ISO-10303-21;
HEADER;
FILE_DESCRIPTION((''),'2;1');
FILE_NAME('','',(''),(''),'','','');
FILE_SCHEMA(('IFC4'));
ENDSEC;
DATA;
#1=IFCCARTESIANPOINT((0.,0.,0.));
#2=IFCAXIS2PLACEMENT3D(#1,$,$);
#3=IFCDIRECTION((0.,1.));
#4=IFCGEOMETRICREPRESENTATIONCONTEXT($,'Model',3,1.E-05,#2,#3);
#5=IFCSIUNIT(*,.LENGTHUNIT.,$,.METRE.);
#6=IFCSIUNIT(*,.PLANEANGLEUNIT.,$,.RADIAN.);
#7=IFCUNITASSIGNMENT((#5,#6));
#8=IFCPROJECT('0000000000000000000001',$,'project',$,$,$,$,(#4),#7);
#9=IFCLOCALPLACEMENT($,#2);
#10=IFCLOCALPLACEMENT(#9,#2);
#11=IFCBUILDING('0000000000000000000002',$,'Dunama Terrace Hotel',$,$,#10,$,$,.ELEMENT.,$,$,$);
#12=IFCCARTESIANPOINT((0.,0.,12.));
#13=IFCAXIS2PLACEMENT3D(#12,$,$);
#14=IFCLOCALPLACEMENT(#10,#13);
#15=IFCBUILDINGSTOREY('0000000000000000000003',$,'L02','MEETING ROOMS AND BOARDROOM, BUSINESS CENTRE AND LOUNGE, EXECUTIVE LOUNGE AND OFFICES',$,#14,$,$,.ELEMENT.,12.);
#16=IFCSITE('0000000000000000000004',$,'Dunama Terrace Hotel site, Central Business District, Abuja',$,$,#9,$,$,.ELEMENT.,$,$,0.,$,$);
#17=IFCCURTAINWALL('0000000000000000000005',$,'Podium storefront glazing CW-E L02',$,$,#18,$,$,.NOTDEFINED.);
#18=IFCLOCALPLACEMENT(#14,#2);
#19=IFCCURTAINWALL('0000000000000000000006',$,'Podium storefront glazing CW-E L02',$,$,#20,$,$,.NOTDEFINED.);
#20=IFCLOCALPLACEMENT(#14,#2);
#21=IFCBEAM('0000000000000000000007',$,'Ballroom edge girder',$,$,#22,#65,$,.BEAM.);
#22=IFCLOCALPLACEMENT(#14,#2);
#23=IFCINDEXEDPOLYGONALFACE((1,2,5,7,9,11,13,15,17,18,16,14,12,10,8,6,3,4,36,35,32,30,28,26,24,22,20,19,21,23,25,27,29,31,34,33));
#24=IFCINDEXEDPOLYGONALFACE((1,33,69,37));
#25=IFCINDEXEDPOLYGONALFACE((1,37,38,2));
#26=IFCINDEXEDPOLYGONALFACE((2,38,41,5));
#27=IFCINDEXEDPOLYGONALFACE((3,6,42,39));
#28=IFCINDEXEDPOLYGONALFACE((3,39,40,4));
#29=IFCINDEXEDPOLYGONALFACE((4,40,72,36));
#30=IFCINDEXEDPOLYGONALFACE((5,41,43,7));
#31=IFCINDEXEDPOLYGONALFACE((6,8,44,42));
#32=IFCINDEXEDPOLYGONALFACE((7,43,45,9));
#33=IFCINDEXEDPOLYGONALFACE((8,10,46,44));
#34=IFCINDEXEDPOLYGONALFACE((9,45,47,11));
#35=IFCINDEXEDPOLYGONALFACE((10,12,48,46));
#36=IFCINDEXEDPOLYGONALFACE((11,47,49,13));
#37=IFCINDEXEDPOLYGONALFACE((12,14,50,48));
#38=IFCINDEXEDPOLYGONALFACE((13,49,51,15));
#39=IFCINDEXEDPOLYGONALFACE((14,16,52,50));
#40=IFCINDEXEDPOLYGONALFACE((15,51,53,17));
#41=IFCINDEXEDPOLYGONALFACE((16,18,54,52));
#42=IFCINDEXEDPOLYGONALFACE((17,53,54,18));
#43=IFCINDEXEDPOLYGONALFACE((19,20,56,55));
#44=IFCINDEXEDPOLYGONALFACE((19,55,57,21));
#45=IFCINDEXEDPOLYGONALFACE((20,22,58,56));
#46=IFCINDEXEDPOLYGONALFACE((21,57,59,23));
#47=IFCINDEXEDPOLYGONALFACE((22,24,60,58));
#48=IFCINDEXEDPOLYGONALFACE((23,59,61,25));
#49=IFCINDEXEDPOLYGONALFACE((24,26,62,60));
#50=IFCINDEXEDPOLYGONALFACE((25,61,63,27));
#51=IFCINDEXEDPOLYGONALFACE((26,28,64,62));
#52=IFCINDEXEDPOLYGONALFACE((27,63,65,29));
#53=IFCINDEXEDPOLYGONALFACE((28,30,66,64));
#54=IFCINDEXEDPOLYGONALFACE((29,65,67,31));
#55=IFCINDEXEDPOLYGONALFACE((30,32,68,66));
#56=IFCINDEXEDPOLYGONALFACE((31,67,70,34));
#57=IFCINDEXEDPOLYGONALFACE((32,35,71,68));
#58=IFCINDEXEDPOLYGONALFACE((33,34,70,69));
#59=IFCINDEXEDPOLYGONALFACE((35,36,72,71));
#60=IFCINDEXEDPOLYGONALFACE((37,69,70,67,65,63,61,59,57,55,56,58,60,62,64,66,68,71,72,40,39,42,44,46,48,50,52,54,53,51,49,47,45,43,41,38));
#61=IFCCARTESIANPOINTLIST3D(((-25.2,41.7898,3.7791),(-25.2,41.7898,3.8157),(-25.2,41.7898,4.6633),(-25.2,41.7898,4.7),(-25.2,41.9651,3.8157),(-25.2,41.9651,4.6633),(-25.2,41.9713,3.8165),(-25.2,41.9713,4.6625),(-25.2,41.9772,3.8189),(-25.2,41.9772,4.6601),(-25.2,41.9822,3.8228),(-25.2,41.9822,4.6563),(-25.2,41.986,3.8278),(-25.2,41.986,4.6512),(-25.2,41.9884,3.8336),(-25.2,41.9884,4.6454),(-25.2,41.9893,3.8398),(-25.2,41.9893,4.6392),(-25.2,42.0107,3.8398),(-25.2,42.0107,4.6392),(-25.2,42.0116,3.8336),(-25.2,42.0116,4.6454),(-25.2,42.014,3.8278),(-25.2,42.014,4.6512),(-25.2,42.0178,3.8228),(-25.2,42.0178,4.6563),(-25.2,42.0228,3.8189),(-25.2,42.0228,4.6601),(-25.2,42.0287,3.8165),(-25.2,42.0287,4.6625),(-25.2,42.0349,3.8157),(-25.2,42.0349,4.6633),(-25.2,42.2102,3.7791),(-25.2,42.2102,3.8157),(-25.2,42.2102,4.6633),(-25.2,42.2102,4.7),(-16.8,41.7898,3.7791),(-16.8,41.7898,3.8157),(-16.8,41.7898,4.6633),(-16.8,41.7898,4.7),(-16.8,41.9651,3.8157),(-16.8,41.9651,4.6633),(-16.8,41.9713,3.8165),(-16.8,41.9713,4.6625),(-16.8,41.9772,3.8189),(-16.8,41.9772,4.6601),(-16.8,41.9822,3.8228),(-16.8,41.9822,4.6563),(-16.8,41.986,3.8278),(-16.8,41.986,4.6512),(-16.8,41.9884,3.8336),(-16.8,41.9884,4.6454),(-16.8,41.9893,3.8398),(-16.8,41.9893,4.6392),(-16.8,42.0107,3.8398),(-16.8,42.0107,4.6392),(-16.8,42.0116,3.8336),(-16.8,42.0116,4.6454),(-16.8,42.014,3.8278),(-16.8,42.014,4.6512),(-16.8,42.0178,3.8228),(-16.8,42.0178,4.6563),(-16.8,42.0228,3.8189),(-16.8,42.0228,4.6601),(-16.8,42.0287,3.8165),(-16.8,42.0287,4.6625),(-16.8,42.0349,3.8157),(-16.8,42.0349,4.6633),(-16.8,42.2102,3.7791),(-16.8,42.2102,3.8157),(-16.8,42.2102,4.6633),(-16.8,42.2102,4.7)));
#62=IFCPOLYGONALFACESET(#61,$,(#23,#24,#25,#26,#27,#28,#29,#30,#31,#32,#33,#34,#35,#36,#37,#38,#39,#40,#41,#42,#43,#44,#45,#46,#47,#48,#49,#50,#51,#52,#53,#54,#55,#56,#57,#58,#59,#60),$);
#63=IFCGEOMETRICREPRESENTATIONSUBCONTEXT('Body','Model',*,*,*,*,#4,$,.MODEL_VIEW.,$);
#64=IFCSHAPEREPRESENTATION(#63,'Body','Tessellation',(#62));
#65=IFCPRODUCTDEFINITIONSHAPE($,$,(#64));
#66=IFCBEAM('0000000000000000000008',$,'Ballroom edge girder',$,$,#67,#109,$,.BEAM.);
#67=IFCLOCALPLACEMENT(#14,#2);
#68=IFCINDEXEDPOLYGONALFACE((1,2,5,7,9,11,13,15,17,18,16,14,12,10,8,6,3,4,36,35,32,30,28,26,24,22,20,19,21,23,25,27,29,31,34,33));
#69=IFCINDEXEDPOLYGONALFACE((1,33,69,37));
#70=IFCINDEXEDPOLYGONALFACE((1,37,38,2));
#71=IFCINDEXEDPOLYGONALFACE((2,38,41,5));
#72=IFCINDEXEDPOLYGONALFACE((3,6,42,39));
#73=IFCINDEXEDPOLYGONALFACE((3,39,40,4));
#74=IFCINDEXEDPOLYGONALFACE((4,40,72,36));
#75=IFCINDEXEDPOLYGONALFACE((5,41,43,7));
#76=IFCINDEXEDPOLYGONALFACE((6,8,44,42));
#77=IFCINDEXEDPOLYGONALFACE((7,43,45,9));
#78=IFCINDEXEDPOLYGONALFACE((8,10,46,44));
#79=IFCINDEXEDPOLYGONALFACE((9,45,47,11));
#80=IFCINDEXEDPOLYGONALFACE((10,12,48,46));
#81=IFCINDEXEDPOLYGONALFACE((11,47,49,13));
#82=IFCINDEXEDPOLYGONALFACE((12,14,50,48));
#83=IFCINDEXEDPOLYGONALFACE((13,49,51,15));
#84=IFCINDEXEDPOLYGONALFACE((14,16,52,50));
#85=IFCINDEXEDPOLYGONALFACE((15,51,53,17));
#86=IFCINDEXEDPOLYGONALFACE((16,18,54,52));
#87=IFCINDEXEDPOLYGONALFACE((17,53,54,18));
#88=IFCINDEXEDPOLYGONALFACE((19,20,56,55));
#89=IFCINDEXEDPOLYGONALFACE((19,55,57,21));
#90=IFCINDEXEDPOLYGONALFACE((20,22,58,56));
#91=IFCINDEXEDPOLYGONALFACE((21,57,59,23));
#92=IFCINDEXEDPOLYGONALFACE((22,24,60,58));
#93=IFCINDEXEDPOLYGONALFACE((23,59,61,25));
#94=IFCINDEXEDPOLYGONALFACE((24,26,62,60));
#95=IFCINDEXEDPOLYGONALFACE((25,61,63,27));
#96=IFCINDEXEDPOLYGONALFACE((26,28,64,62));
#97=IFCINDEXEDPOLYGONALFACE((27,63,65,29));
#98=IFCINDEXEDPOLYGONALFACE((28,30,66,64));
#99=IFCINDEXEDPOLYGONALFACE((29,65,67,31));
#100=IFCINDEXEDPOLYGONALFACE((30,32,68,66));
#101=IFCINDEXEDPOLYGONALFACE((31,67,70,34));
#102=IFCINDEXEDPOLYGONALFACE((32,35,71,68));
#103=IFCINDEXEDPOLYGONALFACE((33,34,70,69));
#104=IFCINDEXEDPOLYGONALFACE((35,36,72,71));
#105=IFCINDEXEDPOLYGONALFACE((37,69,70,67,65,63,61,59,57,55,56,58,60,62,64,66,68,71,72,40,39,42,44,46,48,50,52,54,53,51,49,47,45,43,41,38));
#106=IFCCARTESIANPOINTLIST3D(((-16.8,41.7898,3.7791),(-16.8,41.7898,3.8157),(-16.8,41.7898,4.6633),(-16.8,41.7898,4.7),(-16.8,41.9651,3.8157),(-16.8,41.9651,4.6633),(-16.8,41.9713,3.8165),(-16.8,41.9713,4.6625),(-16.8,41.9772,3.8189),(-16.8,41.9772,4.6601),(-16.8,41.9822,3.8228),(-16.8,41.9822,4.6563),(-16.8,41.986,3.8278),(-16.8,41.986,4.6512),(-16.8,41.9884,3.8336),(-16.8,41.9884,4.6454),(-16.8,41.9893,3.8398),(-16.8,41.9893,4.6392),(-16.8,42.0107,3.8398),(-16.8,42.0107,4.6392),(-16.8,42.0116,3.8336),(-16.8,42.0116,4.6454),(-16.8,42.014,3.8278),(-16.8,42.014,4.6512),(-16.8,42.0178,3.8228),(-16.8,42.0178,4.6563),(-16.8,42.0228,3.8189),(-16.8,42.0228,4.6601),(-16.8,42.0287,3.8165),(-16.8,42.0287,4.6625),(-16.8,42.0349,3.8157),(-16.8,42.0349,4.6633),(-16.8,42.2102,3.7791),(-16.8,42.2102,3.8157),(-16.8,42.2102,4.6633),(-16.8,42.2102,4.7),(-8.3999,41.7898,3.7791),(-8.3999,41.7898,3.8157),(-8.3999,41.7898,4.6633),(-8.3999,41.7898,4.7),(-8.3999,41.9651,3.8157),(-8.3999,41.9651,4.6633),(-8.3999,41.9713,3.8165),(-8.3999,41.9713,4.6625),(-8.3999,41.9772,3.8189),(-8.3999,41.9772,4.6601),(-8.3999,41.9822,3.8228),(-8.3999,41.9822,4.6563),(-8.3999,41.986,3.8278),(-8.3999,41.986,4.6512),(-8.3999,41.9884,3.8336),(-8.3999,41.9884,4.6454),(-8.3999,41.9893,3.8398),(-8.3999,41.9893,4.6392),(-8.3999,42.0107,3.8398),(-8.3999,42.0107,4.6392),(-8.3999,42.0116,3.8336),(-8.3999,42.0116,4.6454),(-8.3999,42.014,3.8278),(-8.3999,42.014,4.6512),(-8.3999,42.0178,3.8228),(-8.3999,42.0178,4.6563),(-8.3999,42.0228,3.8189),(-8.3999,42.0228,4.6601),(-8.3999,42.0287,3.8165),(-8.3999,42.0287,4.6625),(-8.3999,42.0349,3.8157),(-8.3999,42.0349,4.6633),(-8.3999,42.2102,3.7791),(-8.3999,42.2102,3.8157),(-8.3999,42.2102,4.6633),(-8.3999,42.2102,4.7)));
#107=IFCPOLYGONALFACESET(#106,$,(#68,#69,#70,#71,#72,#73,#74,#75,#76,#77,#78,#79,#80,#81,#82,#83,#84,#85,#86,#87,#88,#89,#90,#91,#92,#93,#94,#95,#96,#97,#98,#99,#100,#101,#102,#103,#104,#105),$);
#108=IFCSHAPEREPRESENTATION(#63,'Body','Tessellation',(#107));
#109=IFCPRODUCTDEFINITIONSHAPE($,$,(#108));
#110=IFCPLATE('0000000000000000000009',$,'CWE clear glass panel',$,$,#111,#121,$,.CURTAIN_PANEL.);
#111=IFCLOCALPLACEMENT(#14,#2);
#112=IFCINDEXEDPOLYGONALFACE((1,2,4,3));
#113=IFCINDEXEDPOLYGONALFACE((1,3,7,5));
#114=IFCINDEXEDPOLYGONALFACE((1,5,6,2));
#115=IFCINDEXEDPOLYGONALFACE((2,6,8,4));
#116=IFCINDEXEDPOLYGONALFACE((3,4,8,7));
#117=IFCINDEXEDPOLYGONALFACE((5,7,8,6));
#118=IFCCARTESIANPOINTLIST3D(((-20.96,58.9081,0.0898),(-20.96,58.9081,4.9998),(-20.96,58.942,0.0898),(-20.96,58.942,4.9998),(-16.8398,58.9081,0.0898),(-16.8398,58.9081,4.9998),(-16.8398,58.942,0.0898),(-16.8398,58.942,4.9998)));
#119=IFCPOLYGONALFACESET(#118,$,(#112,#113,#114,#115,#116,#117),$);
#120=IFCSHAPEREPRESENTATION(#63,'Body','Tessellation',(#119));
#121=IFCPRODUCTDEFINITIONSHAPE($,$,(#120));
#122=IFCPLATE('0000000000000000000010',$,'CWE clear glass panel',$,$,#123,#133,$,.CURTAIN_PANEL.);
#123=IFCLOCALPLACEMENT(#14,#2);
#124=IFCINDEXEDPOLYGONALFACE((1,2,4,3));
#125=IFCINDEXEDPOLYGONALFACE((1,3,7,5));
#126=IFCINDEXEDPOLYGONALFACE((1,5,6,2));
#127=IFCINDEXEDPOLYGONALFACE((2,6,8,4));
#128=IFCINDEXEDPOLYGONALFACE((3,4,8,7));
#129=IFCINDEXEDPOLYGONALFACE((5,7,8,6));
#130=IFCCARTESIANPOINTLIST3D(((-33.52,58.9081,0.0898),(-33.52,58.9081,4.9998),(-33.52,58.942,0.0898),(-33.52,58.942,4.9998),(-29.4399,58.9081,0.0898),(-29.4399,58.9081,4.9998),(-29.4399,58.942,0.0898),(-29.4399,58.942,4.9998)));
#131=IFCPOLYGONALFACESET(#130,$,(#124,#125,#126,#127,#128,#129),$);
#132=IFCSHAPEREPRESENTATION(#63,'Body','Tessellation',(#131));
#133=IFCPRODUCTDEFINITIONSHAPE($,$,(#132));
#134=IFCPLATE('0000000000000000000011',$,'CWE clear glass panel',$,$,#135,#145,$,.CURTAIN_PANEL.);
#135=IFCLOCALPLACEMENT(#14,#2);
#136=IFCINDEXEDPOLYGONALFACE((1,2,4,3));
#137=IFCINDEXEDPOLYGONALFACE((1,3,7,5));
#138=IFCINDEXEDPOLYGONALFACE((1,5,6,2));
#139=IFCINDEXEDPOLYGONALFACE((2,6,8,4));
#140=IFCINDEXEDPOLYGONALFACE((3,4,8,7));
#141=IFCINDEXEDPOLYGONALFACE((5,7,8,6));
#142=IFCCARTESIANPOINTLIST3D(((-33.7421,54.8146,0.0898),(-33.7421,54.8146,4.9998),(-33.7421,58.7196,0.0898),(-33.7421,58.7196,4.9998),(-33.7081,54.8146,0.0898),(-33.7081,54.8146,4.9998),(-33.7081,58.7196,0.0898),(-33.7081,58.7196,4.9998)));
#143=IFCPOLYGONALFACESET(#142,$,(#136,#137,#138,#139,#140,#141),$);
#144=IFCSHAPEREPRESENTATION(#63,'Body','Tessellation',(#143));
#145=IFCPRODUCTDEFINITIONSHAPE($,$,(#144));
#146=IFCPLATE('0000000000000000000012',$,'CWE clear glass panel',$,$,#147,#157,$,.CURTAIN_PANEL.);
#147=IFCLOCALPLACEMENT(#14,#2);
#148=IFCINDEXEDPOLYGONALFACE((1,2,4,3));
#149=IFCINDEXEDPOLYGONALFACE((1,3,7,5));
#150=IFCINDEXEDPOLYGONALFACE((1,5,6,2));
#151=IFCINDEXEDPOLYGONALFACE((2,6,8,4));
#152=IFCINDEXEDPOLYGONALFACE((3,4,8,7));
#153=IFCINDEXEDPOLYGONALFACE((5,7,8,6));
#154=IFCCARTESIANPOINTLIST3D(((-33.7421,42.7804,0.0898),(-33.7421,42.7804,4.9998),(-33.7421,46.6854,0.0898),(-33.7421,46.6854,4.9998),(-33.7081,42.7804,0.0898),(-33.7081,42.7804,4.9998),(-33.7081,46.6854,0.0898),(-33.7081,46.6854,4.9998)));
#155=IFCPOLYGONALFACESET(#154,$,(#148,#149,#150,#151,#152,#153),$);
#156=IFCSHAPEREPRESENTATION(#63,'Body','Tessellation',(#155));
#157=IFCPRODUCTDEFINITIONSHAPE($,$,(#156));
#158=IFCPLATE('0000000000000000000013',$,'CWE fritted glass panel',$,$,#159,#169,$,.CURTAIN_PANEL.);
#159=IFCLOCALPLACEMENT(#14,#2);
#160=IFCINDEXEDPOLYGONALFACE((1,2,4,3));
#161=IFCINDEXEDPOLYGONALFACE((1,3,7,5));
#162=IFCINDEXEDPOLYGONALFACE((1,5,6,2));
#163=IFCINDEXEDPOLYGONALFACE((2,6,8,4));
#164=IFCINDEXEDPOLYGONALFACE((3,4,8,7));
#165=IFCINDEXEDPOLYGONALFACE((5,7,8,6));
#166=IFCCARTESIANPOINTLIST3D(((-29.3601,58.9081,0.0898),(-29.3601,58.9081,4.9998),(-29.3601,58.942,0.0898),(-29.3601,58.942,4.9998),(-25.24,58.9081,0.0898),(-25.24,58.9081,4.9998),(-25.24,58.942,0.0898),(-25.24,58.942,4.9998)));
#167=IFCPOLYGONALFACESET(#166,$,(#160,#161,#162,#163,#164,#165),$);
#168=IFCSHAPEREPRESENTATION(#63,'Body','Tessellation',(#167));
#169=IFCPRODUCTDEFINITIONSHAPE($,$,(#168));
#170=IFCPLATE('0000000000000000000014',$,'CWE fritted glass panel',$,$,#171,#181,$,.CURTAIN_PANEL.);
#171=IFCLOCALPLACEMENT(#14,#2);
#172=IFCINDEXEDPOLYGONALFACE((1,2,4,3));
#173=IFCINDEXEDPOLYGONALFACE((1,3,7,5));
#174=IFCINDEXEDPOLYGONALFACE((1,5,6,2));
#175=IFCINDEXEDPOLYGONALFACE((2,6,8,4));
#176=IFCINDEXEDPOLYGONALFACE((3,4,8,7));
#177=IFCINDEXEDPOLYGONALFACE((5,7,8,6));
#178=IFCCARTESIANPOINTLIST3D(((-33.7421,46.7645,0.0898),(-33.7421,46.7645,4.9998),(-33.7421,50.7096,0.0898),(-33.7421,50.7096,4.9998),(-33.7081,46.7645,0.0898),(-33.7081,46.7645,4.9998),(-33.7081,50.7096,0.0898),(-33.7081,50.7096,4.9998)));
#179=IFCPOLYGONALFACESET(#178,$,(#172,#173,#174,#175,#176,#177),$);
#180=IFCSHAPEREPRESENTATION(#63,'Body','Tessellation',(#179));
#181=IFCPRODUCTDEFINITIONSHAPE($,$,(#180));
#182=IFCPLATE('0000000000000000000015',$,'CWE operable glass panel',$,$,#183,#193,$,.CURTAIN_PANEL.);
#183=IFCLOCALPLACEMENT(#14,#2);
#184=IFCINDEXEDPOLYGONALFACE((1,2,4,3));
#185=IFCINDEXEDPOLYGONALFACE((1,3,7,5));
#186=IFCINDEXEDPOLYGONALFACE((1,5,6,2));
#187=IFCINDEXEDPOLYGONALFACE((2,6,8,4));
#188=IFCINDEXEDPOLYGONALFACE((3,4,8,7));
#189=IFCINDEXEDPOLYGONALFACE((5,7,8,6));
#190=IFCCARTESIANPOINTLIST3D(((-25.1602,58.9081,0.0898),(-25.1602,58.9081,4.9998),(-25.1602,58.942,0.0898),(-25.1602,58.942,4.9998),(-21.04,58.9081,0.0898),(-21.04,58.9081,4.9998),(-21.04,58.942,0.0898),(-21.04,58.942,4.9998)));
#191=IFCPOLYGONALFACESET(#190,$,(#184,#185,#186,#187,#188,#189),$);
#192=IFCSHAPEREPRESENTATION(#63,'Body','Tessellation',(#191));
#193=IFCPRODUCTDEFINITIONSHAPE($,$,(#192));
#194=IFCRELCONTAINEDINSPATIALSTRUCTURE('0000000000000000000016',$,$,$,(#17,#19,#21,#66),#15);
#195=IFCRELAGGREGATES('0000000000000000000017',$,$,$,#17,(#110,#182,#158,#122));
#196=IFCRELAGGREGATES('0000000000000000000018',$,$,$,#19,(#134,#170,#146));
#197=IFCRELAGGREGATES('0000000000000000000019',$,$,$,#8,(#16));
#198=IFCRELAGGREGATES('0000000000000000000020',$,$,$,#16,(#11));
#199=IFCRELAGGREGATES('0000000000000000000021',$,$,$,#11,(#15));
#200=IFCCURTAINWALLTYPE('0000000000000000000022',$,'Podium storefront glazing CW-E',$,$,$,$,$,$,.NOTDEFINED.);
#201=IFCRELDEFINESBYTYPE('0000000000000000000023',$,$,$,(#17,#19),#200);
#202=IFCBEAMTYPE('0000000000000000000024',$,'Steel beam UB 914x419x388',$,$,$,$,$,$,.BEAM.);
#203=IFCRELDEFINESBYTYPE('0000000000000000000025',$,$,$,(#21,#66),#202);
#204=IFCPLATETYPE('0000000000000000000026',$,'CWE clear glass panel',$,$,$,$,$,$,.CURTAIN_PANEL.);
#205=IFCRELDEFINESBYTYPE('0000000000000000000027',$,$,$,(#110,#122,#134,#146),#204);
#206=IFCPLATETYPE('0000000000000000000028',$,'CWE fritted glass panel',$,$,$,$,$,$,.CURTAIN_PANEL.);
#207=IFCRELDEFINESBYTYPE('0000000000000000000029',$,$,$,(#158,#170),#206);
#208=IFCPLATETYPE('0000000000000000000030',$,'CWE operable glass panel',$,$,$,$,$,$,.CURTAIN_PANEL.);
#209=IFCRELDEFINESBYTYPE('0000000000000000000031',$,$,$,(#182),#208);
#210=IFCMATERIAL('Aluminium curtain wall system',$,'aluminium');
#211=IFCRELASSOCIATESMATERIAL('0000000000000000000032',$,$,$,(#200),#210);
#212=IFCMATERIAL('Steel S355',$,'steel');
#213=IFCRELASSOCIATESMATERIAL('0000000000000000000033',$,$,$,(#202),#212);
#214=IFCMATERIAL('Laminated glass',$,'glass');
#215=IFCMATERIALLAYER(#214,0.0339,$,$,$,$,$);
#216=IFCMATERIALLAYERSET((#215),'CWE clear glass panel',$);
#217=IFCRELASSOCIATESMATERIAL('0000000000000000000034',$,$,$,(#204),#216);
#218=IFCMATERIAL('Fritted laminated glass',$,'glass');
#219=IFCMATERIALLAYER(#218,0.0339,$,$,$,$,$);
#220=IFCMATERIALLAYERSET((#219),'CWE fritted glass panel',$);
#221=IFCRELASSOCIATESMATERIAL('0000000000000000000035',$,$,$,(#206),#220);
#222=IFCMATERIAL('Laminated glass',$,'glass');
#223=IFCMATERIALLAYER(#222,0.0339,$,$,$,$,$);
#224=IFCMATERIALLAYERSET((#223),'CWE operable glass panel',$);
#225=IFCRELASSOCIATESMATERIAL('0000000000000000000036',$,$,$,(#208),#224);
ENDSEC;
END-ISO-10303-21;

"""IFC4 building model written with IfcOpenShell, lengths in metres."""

from ifc_helpers import new_model, si_unit, direction, frame, origin, origin_2d, place, context, subcontext, project, spatial, rectangle, i_section, extrude, material, layer, layer_set, material_profile, profile_set, type_object, element, aggregate, save


model = new_model("IFC4")

# Units and contexts
model_context = context("Model", 3, precision=1e-05, world=origin(), true_north=direction((0.0, 1.0)))
body_context = subcontext(model_context, "Body", "Model", "MODEL_VIEW")
ifc_project = project(units=[si_unit("LENGTHUNIT", "METRE"), si_unit("PLANEANGLEUNIT", "RADIAN")], contexts=[model_context])

# Site, building, storey
site_placement = place(None, origin())
site = spatial("IfcSite", under=ifc_project, at=site_placement, Name="Dunama Terrace Hotel site, Central Business District, Abuja", CompositionType="ELEMENT", RefElevation=0.0)
building_placement = place(site_placement, origin())
building = spatial("IfcBuilding", under=site, at=building_placement, Name="Dunama Terrace Hotel", CompositionType="ELEMENT")
storey_placement = place(building_placement, frame((0.0, 0.0, 12.0)))
storey = spatial("IfcBuildingStorey", under=building, at=storey_placement, Name="L02", Description="MEETING ROOMS AND BOARDROOM, BUSINESS CENTRE AND LOUNGE, EXECUTIVE LOUNGE AND OFFICES", CompositionType="ELEMENT", Elevation=12.0)

# Curtain walls
ifc_material_1 = material(Name="Aluminium curtain wall system", Category="aluminium")
curtain_wall_type = type_object("IfcCurtainWallType", Name="Podium storefront glazing CW-E", PredefinedType="NOTDEFINED", material=ifc_material_1)
curtain_wall_1_placement = place(storey_placement, origin())
curtain_wall_1 = element("IfcCurtainWall", 1, at=curtain_wall_1_placement, inside=storey, type_object=curtain_wall_type, Name="Podium storefront glazing CW-E L02", PredefinedType="NOTDEFINED")
curtain_wall_2_placement = place(storey_placement, origin())
curtain_wall_2 = element("IfcCurtainWall", 2, at=curtain_wall_2_placement, inside=storey, type_object=curtain_wall_type, Name="Podium storefront glazing CW-E L02", PredefinedType="NOTDEFINED")

# Beams
ifc_material_2 = material(Name="Steel S355", Category="steel")
ifc_material_profile_1 = material_profile(ifc_material_2, i_section(OverallWidth=0.4204, OverallDepth=0.9209, WebThickness=0.0215, FlangeThickness=0.0366, FilletRadius=0.0242, at=origin_2d()), Name="UB 914x419x388")
ifc_profile_set_1 = profile_set([ifc_material_profile_1], Name="Steel S355")
beam_type = type_object("IfcBeamType", Name="Steel beam UB 914x419x388", PredefinedType="BEAM", material=ifc_profile_set_1)
beam_1_placement = place(storey_placement, frame((-25.2, 42.0, 4.2395), z_axis=(1.0, 0.0, 0.0), x_axis=(0.0, 1.0, 0.0)))
element("IfcBeam", 3, at=beam_1_placement, inside=storey, type_object=beam_type, Name="Ballroom edge girder", PredefinedType="BEAM", context=body_context, shape_type="SweptSolid", body=[
    extrude(i_section(OverallWidth=0.4204, OverallDepth=0.9209, WebThickness=0.0215, FlangeThickness=0.0366, FilletRadius=0.0242, at=origin_2d()), origin(), (0.0, 0.0, 1.0), 8.3999),
])
beam_2_placement = place(storey_placement, frame((-16.8, 42.0, 4.2395), z_axis=(1.0, 0.0, 0.0), x_axis=(0.0, 1.0, 0.0)))
element("IfcBeam", 4, at=beam_2_placement, inside=storey, type_object=beam_type, Name="Ballroom edge girder", PredefinedType="BEAM", context=body_context, shape_type="SweptSolid", body=[
    extrude(i_section(OverallWidth=0.4204, OverallDepth=0.9209, WebThickness=0.0215, FlangeThickness=0.0366, FilletRadius=0.0242, at=origin_2d()), origin(), (0.0, 0.0, 1.0), 8.4001),
])

# Plates
ifc_material_3 = material(Name="Laminated glass", Category="glass")
ifc_layer_1 = layer(ifc_material_3, 0.0339)
ifc_layer_set_1 = layer_set([ifc_layer_1], Name="CWE clear glass panel")
plate_type_1 = type_object("IfcPlateType", Name="CWE clear glass panel", PredefinedType="CURTAIN_PANEL", material=ifc_layer_set_1)
plate_1_placement = place(storey_placement, frame((-18.8999, 58.925, 0.0898), z_axis=(0.0, 0.0, 1.0), x_axis=(-1.0, 0.0, 0.0)))
plate_1 = element("IfcPlate", 5, at=plate_1_placement, type_object=plate_type_1, Name="CWE clear glass panel", PredefinedType="CURTAIN_PANEL", context=body_context, shape_type="SweptSolid", body=[
    extrude(rectangle(XDim=4.1201, YDim=0.0339, at=origin_2d()), origin(), (0.0, 0.0, 1.0), 4.9099),
])
plate_2_placement = place(storey_placement, frame((-31.48, 58.925, 0.0898), z_axis=(0.0, 0.0, 1.0), x_axis=(-1.0, 0.0, 0.0)))
plate_2 = element("IfcPlate", 6, at=plate_2_placement, type_object=plate_type_1, Name="CWE clear glass panel", PredefinedType="CURTAIN_PANEL", context=body_context, shape_type="SweptSolid", body=[
    extrude(rectangle(XDim=4.0801, YDim=0.0339, at=origin_2d()), origin(), (0.0, 0.0, 1.0), 4.9099),
])
plate_3_placement = place(storey_placement, frame((-33.7251, 56.7671, 0.0898), z_axis=(0.0, 0.0, 1.0), x_axis=(0.0, -1.0, 0.0)))
plate_3 = element("IfcPlate", 7, at=plate_3_placement, type_object=plate_type_1, Name="CWE clear glass panel", PredefinedType="CURTAIN_PANEL", context=body_context, shape_type="SweptSolid", body=[
    extrude(rectangle(XDim=3.905, YDim=0.0339, at=origin_2d()), origin(), (0.0, 0.0, 1.0), 4.9099),
])
plate_4_placement = place(storey_placement, frame((-33.7251, 44.7329, 0.0898), z_axis=(0.0, 0.0, 1.0), x_axis=(0.0, -1.0, 0.0)))
plate_4 = element("IfcPlate", 8, at=plate_4_placement, type_object=plate_type_1, Name="CWE clear glass panel", PredefinedType="CURTAIN_PANEL", context=body_context, shape_type="SweptSolid", body=[
    extrude(rectangle(XDim=3.905, YDim=0.0339, at=origin_2d()), origin(), (0.0, 0.0, 1.0), 4.9099),
])
ifc_material_4 = material(Name="Fritted laminated glass", Category="glass")
ifc_layer_2 = layer(ifc_material_4, 0.0339)
ifc_layer_set_2 = layer_set([ifc_layer_2], Name="CWE fritted glass panel")
plate_type_2 = type_object("IfcPlateType", Name="CWE fritted glass panel", PredefinedType="CURTAIN_PANEL", material=ifc_layer_set_2)
plate_5_placement = place(storey_placement, frame((-27.3, 58.925, 0.0898), z_axis=(0.0, 0.0, 1.0), x_axis=(-1.0, 0.0, 0.0)))
plate_5 = element("IfcPlate", 9, at=plate_5_placement, type_object=plate_type_2, Name="CWE fritted glass panel", PredefinedType="CURTAIN_PANEL", context=body_context, shape_type="SweptSolid", body=[
    extrude(rectangle(XDim=4.1201, YDim=0.0339, at=origin_2d()), origin(), (0.0, 0.0, 1.0), 4.9099),
])
plate_6_placement = place(storey_placement, frame((-33.7251, 48.7371, 0.0898), z_axis=(0.0, 0.0, 1.0), x_axis=(0.0, -1.0, 0.0)))
plate_6 = element("IfcPlate", 10, at=plate_6_placement, type_object=plate_type_2, Name="CWE fritted glass panel", PredefinedType="CURTAIN_PANEL", context=body_context, shape_type="SweptSolid", body=[
    extrude(rectangle(XDim=3.9451, YDim=0.0339, at=origin_2d()), origin(), (0.0, 0.0, 1.0), 4.9099),
])
ifc_material_5 = material(Name="Laminated glass", Category="glass")
ifc_layer_3 = layer(ifc_material_5, 0.0339)
ifc_layer_set_3 = layer_set([ifc_layer_3], Name="CWE operable glass panel")
plate_type_3 = type_object("IfcPlateType", Name="CWE operable glass panel", PredefinedType="CURTAIN_PANEL", material=ifc_layer_set_3)
plate_7_placement = place(storey_placement, frame((-23.1001, 58.925, 0.0898), z_axis=(0.0, 0.0, 1.0), x_axis=(-1.0, 0.0, 0.0)))
plate_7 = element("IfcPlate", 11, at=plate_7_placement, type_object=plate_type_3, Name="CWE operable glass panel", PredefinedType="CURTAIN_PANEL", context=body_context, shape_type="SweptSolid", body=[
    extrude(rectangle(XDim=4.1201, YDim=0.0339, at=origin_2d()), origin(), (0.0, 0.0, 1.0), 4.9099),
])
aggregate(curtain_wall_1, [plate_1, plate_7, plate_5, plate_2])
aggregate(curtain_wall_2, [plate_3, plate_6, plate_4])

save(model, "model.ifc")
